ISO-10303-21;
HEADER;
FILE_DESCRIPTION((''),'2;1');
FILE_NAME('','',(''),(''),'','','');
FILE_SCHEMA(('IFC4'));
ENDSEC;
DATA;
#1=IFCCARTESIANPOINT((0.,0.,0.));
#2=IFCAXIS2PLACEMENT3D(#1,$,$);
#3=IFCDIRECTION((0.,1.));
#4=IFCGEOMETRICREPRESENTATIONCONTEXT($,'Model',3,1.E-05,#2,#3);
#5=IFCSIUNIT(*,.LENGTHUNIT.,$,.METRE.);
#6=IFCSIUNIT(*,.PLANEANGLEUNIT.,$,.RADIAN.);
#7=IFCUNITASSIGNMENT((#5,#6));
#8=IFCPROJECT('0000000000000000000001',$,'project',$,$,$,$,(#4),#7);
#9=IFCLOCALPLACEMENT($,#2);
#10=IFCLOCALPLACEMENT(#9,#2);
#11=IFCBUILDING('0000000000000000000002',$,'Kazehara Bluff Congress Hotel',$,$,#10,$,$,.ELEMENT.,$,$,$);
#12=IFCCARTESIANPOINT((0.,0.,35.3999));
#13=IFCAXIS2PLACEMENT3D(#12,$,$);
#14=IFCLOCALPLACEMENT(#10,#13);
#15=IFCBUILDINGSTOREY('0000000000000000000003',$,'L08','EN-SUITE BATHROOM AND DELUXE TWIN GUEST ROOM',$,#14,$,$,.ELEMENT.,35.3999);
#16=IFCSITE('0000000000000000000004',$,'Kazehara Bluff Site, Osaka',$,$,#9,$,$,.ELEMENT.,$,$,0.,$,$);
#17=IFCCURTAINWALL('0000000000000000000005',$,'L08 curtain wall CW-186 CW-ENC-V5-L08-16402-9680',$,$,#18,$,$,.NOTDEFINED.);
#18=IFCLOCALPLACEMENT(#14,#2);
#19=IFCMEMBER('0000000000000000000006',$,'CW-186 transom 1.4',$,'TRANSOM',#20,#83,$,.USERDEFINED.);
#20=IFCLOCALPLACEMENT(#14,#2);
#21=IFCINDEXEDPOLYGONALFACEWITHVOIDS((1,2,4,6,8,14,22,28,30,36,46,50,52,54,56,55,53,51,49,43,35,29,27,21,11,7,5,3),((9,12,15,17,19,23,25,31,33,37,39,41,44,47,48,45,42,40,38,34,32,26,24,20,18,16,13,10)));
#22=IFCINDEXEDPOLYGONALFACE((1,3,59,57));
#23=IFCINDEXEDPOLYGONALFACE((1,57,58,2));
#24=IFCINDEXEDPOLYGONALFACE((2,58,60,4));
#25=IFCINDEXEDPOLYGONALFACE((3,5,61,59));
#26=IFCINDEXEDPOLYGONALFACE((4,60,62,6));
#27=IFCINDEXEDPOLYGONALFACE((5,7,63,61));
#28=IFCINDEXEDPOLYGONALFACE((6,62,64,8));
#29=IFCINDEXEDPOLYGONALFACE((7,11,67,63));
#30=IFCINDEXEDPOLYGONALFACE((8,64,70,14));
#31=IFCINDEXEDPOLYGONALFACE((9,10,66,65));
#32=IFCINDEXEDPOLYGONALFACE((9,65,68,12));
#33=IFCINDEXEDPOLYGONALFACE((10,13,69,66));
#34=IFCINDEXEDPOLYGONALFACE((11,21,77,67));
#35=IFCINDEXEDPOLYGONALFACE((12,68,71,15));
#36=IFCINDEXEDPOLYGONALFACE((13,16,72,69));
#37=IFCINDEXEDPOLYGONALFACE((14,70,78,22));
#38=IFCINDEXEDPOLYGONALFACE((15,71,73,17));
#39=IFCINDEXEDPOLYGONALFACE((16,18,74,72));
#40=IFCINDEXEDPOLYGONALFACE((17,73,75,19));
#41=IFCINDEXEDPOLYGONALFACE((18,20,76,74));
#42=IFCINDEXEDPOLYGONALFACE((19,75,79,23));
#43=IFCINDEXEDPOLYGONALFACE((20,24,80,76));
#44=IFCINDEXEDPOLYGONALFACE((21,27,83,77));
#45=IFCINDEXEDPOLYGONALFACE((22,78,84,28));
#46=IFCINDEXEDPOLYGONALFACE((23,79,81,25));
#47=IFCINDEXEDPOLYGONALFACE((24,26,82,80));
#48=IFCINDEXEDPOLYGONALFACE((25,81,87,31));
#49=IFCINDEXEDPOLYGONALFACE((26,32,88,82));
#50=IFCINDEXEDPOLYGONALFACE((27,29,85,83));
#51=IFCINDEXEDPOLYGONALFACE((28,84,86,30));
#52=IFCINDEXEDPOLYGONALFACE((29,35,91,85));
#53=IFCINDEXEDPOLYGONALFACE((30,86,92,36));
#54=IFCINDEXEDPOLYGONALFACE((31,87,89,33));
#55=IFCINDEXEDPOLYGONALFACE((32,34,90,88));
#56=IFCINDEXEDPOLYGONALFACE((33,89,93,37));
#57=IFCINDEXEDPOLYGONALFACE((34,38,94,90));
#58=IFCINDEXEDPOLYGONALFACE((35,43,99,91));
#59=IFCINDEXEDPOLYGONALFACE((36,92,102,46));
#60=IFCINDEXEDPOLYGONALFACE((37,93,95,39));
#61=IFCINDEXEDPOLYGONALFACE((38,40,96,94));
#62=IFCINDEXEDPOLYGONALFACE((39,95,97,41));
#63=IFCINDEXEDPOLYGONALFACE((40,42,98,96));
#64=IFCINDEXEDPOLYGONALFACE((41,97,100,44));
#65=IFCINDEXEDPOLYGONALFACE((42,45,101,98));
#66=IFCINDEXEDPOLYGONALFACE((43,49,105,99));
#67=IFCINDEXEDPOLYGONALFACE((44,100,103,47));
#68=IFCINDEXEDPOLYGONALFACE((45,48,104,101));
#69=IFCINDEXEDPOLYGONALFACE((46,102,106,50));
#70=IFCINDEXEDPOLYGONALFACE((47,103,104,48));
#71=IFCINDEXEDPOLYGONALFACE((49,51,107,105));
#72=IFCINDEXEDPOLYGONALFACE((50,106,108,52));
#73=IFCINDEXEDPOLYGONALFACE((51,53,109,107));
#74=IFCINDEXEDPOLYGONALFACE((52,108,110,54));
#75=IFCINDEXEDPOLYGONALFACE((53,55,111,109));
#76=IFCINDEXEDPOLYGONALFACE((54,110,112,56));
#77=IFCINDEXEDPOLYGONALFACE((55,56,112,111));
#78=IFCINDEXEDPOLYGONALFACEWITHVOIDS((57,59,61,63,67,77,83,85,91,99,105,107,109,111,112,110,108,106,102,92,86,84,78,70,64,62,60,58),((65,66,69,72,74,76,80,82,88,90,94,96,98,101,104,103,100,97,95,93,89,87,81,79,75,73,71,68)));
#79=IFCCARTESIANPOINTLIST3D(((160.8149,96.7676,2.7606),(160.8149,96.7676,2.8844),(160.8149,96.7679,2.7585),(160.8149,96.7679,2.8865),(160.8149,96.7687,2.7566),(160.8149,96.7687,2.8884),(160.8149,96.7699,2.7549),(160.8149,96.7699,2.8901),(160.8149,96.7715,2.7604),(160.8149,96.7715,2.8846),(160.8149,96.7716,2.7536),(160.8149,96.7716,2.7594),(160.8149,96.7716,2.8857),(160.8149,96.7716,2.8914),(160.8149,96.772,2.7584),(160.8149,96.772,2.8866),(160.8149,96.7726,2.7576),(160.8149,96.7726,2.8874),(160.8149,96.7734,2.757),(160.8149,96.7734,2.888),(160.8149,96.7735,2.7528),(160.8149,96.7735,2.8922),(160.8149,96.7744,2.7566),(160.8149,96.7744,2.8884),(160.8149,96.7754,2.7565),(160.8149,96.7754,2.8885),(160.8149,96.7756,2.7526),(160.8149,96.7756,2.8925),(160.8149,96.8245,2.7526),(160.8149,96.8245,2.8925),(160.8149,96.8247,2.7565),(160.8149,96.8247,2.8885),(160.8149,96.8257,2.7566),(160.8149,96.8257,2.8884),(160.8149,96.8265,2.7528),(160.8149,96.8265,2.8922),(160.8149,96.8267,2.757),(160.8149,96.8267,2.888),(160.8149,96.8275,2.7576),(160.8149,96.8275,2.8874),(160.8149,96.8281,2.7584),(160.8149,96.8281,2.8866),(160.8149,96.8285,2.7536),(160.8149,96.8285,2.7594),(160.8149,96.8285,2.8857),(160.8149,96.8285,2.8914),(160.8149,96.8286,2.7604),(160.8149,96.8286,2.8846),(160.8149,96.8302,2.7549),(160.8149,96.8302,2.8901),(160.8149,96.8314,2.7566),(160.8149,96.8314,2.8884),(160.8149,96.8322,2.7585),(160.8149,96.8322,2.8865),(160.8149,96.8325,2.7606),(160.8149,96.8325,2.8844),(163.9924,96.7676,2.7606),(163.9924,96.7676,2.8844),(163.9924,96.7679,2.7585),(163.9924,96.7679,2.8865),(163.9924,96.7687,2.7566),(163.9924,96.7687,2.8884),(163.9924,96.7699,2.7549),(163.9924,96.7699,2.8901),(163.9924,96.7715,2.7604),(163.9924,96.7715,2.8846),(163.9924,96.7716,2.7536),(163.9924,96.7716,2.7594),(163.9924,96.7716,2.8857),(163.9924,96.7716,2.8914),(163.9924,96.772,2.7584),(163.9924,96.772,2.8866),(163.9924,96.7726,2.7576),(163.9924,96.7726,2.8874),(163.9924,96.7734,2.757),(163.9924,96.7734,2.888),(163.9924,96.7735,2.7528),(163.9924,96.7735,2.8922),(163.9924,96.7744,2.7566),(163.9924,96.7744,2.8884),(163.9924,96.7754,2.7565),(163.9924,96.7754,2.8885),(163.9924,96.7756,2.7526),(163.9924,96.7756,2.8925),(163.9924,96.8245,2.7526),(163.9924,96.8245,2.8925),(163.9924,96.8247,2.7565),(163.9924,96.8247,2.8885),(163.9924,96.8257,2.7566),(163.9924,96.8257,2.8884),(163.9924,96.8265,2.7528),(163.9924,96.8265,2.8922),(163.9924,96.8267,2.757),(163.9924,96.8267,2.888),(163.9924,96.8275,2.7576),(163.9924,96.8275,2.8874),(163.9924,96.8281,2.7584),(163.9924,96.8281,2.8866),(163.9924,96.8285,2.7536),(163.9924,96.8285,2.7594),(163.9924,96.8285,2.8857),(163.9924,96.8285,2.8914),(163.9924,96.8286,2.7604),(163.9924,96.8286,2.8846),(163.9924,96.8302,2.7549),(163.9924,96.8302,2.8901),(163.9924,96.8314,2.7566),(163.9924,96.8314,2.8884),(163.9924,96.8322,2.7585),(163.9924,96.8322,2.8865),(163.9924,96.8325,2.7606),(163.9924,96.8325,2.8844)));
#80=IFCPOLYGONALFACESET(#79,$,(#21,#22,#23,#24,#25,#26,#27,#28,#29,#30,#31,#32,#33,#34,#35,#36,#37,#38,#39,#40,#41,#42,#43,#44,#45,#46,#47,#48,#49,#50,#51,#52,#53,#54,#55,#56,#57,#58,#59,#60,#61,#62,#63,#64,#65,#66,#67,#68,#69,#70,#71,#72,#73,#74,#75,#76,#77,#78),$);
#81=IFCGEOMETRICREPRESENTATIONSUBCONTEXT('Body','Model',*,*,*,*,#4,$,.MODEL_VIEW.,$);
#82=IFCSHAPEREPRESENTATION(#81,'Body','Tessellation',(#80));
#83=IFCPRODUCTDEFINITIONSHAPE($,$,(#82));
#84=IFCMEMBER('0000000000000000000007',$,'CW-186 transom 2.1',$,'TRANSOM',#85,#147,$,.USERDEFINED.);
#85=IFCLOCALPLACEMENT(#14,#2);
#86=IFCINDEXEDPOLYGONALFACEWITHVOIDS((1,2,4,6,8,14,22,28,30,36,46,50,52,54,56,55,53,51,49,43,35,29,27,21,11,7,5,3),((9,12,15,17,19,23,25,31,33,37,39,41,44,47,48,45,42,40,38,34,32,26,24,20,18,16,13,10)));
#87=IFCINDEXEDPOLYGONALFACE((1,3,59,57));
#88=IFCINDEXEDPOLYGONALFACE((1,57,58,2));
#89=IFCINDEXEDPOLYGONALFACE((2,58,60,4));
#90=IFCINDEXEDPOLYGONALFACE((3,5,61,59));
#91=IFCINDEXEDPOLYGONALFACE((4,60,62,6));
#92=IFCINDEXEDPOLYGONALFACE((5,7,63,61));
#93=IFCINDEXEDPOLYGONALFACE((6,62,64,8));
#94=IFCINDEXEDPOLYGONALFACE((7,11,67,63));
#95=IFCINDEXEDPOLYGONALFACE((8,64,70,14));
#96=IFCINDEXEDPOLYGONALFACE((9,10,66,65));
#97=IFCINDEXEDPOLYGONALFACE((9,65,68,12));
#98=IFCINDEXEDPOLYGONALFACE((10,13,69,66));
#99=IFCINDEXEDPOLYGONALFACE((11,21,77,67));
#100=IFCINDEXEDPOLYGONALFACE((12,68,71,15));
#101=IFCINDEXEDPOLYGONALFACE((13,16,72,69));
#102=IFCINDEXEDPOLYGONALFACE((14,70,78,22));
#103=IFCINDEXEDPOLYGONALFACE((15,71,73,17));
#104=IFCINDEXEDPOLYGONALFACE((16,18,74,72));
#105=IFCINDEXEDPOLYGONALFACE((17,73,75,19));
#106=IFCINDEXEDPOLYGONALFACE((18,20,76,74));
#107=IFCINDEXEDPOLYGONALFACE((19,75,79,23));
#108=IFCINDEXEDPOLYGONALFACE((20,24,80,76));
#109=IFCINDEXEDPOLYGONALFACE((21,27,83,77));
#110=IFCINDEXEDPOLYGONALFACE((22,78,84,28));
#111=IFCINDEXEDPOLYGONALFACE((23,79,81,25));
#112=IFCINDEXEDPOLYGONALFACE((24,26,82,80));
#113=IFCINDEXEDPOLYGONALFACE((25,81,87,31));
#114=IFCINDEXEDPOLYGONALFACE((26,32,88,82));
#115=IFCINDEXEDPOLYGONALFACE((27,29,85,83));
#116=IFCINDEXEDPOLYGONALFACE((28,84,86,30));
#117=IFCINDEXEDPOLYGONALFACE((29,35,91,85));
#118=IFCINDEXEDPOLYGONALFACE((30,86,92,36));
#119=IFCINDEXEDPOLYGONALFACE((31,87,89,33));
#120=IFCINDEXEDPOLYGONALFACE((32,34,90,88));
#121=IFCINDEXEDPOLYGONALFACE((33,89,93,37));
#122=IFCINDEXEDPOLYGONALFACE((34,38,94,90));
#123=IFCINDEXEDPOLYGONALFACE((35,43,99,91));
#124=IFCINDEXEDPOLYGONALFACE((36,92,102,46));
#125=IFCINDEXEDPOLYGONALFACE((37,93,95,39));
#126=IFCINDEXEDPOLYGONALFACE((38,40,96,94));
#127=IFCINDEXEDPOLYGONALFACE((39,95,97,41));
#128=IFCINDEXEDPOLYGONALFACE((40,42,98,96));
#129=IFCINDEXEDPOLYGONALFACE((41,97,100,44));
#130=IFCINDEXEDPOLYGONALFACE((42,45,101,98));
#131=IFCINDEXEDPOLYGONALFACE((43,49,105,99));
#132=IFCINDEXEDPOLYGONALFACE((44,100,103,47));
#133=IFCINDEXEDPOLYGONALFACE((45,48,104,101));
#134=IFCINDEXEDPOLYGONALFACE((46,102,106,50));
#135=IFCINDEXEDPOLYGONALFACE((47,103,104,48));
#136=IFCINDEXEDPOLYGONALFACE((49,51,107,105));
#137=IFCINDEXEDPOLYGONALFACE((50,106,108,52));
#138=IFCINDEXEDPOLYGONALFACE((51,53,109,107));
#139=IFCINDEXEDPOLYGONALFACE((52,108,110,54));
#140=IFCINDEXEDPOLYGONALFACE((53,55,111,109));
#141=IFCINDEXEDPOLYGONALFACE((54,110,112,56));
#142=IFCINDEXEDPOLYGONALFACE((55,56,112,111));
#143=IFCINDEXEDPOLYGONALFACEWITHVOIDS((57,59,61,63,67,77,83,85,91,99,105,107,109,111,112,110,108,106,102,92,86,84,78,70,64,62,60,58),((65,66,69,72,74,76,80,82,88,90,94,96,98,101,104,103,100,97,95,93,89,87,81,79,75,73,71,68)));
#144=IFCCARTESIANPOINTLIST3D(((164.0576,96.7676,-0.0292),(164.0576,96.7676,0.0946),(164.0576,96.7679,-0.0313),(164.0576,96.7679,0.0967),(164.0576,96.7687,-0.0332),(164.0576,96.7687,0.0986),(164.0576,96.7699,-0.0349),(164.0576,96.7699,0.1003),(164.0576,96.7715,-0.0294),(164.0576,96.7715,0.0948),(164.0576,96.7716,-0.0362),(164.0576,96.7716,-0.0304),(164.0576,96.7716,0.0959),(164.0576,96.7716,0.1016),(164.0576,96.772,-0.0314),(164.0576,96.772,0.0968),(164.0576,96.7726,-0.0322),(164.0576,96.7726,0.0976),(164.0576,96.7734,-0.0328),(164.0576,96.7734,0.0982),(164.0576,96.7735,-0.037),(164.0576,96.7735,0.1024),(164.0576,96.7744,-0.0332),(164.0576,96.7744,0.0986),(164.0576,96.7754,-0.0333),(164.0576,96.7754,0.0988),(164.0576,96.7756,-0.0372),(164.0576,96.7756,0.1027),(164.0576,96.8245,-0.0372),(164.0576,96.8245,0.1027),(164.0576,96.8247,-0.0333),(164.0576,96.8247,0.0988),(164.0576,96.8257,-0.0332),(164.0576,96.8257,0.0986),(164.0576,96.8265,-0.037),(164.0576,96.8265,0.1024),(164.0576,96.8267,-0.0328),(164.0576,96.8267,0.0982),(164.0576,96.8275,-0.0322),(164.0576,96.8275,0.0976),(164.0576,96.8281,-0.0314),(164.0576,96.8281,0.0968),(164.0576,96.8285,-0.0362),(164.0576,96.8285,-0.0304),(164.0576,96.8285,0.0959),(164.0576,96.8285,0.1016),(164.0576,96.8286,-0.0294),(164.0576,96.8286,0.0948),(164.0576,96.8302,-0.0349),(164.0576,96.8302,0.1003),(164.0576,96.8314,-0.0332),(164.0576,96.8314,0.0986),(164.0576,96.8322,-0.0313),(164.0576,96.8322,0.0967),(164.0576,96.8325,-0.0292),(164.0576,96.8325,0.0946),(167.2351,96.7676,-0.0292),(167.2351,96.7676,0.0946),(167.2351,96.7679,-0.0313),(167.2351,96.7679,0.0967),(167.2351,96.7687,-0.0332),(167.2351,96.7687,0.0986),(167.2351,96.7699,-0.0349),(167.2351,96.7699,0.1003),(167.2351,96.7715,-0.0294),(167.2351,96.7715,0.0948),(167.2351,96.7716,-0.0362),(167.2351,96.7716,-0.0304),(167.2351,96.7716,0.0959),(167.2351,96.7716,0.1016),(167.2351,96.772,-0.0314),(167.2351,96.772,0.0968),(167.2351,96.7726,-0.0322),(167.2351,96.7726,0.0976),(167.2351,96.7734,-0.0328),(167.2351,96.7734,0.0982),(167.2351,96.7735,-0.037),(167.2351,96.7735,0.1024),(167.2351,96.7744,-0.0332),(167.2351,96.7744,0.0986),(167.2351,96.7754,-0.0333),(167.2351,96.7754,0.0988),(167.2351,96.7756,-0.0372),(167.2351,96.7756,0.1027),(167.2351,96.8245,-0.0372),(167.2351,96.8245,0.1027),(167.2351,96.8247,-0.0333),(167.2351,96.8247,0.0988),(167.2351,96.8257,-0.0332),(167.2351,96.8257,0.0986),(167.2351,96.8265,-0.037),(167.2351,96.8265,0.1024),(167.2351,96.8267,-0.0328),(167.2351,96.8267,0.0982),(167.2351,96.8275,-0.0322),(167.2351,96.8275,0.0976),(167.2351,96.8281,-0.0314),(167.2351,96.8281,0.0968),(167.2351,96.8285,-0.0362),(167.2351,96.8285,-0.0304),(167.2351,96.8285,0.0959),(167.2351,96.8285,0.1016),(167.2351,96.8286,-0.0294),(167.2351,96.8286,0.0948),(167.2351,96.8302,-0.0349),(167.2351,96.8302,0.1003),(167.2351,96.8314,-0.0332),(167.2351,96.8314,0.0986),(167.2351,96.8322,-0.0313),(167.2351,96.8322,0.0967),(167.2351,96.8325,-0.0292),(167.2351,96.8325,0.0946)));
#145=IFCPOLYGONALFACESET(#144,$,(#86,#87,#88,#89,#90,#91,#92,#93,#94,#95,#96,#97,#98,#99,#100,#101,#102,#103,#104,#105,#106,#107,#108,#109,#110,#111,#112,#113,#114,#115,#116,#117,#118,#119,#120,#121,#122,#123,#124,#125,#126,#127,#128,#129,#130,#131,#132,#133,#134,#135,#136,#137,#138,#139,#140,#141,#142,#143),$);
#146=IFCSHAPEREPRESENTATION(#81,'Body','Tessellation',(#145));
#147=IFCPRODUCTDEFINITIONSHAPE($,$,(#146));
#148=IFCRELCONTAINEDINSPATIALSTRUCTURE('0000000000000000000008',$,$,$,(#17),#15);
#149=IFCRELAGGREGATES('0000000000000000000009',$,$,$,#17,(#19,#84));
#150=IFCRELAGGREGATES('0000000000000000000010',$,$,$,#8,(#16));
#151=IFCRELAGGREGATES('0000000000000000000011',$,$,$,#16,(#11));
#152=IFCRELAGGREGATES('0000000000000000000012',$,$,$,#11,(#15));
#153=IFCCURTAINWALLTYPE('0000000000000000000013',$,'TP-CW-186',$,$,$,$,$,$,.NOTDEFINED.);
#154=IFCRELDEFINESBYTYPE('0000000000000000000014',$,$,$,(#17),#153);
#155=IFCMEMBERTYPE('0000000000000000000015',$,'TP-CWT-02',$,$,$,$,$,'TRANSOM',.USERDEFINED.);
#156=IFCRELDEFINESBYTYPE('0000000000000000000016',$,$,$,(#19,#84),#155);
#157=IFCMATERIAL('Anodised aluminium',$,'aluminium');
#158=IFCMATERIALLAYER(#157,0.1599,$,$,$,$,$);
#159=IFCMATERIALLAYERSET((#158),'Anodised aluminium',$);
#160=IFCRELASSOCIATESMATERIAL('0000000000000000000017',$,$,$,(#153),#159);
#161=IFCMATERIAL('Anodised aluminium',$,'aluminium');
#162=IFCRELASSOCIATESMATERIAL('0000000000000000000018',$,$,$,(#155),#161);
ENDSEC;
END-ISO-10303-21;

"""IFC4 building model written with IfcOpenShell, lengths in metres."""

from ifc_helpers import new_model, si_unit, direction, frame, origin, origin_2d, place, context, subcontext, project, spatial, hollow_rectangle, extrude, material, layer, layer_set, material_profile, profile_set, type_object, element, aggregate, save


model = new_model("IFC4")

# Units and contexts
model_context = context("Model", 3, precision=1e-05, world=origin(), true_north=direction((0.0, 1.0)))
body_context = subcontext(model_context, "Body", "Model", "MODEL_VIEW")
ifc_project = project(units=[si_unit("LENGTHUNIT", "METRE"), si_unit("PLANEANGLEUNIT", "RADIAN")], contexts=[model_context])

# Site, building, storey
site_placement = place(None, origin())
site = spatial("IfcSite", under=ifc_project, at=site_placement, Name="Kazehara Bluff Site, Osaka", CompositionType="ELEMENT", RefElevation=0.0)
building_placement = place(site_placement, origin())
building = spatial("IfcBuilding", under=site, at=building_placement, Name="Kazehara Bluff Congress Hotel", CompositionType="ELEMENT")
storey_placement = place(building_placement, frame((0.0, 0.0, 35.3999)))
storey = spatial("IfcBuildingStorey", under=building, at=storey_placement, Name="L08", Description="EN-SUITE BATHROOM AND DELUXE TWIN GUEST ROOM", CompositionType="ELEMENT", Elevation=35.3999)

# Curtain wall, members
ifc_material_1 = material(Name="Anodised aluminium", Category="aluminium")
ifc_layer_1 = layer(ifc_material_1, 0.1599)
ifc_layer_set_1 = layer_set([ifc_layer_1], Name="Anodised aluminium")
curtain_wall_type = type_object("IfcCurtainWallType", Name="TP-CW-186", PredefinedType="NOTDEFINED", material=ifc_layer_set_1)
curtain_wall_placement = place(storey_placement, origin())
curtain_wall = element("IfcCurtainWall", 1, at=curtain_wall_placement, inside=storey, type_object=curtain_wall_type, Name="L08 curtain wall CW-186 CW-ENC-V5-L08-16402-9680", PredefinedType="NOTDEFINED")
ifc_material_2 = material(Name="Anodised aluminium", Category="aluminium")
ifc_material_profile_1 = material_profile(ifc_material_2, hollow_rectangle(XDim=0.0649, YDim=0.1399, WallThickness=0.0039, InnerFilletRadius=0.0039, OuterFilletRadius=0.0081, at=origin_2d()))
ifc_profile_set_1 = profile_set([ifc_material_profile_1], Name="Anodised aluminium")
member_type_1 = type_object("IfcMemberType", Name="TP-CWT-02", ElementType="TRANSOM", PredefinedType="USERDEFINED", material=ifc_profile_set_1)
member_1_placement = place(storey_placement, frame((160.8149, 96.8, 2.8225), z_axis=(1.0, 0.0, 0.0), x_axis=(0.0, 1.0, 0.0)))
member_1 = element("IfcMember", 2, at=member_1_placement, type_object=member_type_1, Name="CW-186 transom 1.4", ObjectType="TRANSOM", PredefinedType="USERDEFINED", context=body_context, shape_type="SweptSolid", body=[
    extrude(hollow_rectangle(XDim=0.0649, YDim=0.1399, WallThickness=0.0039, InnerFilletRadius=0.0039, OuterFilletRadius=0.0081, at=origin_2d()), origin(), (0.0, 0.0, 1.0), 3.1775),
])
member_2_placement = place(storey_placement, frame((164.0576, 96.8, 0.0327), z_axis=(1.0, 0.0, 0.0), x_axis=(0.0, 1.0, 0.0)))
member_2 = element("IfcMember", 3, at=member_2_placement, type_object=member_type_1, Name="CW-186 transom 2.1", ObjectType="TRANSOM", PredefinedType="USERDEFINED", context=body_context, shape_type="SweptSolid", body=[
    extrude(hollow_rectangle(XDim=0.0649, YDim=0.1399, WallThickness=0.0039, InnerFilletRadius=0.0039, OuterFilletRadius=0.0081, at=origin_2d()), origin(), (0.0, 0.0, 1.0), 3.1775),
])

aggregate(curtain_wall, [member_1, member_2])

save(model, "model.ifc")
